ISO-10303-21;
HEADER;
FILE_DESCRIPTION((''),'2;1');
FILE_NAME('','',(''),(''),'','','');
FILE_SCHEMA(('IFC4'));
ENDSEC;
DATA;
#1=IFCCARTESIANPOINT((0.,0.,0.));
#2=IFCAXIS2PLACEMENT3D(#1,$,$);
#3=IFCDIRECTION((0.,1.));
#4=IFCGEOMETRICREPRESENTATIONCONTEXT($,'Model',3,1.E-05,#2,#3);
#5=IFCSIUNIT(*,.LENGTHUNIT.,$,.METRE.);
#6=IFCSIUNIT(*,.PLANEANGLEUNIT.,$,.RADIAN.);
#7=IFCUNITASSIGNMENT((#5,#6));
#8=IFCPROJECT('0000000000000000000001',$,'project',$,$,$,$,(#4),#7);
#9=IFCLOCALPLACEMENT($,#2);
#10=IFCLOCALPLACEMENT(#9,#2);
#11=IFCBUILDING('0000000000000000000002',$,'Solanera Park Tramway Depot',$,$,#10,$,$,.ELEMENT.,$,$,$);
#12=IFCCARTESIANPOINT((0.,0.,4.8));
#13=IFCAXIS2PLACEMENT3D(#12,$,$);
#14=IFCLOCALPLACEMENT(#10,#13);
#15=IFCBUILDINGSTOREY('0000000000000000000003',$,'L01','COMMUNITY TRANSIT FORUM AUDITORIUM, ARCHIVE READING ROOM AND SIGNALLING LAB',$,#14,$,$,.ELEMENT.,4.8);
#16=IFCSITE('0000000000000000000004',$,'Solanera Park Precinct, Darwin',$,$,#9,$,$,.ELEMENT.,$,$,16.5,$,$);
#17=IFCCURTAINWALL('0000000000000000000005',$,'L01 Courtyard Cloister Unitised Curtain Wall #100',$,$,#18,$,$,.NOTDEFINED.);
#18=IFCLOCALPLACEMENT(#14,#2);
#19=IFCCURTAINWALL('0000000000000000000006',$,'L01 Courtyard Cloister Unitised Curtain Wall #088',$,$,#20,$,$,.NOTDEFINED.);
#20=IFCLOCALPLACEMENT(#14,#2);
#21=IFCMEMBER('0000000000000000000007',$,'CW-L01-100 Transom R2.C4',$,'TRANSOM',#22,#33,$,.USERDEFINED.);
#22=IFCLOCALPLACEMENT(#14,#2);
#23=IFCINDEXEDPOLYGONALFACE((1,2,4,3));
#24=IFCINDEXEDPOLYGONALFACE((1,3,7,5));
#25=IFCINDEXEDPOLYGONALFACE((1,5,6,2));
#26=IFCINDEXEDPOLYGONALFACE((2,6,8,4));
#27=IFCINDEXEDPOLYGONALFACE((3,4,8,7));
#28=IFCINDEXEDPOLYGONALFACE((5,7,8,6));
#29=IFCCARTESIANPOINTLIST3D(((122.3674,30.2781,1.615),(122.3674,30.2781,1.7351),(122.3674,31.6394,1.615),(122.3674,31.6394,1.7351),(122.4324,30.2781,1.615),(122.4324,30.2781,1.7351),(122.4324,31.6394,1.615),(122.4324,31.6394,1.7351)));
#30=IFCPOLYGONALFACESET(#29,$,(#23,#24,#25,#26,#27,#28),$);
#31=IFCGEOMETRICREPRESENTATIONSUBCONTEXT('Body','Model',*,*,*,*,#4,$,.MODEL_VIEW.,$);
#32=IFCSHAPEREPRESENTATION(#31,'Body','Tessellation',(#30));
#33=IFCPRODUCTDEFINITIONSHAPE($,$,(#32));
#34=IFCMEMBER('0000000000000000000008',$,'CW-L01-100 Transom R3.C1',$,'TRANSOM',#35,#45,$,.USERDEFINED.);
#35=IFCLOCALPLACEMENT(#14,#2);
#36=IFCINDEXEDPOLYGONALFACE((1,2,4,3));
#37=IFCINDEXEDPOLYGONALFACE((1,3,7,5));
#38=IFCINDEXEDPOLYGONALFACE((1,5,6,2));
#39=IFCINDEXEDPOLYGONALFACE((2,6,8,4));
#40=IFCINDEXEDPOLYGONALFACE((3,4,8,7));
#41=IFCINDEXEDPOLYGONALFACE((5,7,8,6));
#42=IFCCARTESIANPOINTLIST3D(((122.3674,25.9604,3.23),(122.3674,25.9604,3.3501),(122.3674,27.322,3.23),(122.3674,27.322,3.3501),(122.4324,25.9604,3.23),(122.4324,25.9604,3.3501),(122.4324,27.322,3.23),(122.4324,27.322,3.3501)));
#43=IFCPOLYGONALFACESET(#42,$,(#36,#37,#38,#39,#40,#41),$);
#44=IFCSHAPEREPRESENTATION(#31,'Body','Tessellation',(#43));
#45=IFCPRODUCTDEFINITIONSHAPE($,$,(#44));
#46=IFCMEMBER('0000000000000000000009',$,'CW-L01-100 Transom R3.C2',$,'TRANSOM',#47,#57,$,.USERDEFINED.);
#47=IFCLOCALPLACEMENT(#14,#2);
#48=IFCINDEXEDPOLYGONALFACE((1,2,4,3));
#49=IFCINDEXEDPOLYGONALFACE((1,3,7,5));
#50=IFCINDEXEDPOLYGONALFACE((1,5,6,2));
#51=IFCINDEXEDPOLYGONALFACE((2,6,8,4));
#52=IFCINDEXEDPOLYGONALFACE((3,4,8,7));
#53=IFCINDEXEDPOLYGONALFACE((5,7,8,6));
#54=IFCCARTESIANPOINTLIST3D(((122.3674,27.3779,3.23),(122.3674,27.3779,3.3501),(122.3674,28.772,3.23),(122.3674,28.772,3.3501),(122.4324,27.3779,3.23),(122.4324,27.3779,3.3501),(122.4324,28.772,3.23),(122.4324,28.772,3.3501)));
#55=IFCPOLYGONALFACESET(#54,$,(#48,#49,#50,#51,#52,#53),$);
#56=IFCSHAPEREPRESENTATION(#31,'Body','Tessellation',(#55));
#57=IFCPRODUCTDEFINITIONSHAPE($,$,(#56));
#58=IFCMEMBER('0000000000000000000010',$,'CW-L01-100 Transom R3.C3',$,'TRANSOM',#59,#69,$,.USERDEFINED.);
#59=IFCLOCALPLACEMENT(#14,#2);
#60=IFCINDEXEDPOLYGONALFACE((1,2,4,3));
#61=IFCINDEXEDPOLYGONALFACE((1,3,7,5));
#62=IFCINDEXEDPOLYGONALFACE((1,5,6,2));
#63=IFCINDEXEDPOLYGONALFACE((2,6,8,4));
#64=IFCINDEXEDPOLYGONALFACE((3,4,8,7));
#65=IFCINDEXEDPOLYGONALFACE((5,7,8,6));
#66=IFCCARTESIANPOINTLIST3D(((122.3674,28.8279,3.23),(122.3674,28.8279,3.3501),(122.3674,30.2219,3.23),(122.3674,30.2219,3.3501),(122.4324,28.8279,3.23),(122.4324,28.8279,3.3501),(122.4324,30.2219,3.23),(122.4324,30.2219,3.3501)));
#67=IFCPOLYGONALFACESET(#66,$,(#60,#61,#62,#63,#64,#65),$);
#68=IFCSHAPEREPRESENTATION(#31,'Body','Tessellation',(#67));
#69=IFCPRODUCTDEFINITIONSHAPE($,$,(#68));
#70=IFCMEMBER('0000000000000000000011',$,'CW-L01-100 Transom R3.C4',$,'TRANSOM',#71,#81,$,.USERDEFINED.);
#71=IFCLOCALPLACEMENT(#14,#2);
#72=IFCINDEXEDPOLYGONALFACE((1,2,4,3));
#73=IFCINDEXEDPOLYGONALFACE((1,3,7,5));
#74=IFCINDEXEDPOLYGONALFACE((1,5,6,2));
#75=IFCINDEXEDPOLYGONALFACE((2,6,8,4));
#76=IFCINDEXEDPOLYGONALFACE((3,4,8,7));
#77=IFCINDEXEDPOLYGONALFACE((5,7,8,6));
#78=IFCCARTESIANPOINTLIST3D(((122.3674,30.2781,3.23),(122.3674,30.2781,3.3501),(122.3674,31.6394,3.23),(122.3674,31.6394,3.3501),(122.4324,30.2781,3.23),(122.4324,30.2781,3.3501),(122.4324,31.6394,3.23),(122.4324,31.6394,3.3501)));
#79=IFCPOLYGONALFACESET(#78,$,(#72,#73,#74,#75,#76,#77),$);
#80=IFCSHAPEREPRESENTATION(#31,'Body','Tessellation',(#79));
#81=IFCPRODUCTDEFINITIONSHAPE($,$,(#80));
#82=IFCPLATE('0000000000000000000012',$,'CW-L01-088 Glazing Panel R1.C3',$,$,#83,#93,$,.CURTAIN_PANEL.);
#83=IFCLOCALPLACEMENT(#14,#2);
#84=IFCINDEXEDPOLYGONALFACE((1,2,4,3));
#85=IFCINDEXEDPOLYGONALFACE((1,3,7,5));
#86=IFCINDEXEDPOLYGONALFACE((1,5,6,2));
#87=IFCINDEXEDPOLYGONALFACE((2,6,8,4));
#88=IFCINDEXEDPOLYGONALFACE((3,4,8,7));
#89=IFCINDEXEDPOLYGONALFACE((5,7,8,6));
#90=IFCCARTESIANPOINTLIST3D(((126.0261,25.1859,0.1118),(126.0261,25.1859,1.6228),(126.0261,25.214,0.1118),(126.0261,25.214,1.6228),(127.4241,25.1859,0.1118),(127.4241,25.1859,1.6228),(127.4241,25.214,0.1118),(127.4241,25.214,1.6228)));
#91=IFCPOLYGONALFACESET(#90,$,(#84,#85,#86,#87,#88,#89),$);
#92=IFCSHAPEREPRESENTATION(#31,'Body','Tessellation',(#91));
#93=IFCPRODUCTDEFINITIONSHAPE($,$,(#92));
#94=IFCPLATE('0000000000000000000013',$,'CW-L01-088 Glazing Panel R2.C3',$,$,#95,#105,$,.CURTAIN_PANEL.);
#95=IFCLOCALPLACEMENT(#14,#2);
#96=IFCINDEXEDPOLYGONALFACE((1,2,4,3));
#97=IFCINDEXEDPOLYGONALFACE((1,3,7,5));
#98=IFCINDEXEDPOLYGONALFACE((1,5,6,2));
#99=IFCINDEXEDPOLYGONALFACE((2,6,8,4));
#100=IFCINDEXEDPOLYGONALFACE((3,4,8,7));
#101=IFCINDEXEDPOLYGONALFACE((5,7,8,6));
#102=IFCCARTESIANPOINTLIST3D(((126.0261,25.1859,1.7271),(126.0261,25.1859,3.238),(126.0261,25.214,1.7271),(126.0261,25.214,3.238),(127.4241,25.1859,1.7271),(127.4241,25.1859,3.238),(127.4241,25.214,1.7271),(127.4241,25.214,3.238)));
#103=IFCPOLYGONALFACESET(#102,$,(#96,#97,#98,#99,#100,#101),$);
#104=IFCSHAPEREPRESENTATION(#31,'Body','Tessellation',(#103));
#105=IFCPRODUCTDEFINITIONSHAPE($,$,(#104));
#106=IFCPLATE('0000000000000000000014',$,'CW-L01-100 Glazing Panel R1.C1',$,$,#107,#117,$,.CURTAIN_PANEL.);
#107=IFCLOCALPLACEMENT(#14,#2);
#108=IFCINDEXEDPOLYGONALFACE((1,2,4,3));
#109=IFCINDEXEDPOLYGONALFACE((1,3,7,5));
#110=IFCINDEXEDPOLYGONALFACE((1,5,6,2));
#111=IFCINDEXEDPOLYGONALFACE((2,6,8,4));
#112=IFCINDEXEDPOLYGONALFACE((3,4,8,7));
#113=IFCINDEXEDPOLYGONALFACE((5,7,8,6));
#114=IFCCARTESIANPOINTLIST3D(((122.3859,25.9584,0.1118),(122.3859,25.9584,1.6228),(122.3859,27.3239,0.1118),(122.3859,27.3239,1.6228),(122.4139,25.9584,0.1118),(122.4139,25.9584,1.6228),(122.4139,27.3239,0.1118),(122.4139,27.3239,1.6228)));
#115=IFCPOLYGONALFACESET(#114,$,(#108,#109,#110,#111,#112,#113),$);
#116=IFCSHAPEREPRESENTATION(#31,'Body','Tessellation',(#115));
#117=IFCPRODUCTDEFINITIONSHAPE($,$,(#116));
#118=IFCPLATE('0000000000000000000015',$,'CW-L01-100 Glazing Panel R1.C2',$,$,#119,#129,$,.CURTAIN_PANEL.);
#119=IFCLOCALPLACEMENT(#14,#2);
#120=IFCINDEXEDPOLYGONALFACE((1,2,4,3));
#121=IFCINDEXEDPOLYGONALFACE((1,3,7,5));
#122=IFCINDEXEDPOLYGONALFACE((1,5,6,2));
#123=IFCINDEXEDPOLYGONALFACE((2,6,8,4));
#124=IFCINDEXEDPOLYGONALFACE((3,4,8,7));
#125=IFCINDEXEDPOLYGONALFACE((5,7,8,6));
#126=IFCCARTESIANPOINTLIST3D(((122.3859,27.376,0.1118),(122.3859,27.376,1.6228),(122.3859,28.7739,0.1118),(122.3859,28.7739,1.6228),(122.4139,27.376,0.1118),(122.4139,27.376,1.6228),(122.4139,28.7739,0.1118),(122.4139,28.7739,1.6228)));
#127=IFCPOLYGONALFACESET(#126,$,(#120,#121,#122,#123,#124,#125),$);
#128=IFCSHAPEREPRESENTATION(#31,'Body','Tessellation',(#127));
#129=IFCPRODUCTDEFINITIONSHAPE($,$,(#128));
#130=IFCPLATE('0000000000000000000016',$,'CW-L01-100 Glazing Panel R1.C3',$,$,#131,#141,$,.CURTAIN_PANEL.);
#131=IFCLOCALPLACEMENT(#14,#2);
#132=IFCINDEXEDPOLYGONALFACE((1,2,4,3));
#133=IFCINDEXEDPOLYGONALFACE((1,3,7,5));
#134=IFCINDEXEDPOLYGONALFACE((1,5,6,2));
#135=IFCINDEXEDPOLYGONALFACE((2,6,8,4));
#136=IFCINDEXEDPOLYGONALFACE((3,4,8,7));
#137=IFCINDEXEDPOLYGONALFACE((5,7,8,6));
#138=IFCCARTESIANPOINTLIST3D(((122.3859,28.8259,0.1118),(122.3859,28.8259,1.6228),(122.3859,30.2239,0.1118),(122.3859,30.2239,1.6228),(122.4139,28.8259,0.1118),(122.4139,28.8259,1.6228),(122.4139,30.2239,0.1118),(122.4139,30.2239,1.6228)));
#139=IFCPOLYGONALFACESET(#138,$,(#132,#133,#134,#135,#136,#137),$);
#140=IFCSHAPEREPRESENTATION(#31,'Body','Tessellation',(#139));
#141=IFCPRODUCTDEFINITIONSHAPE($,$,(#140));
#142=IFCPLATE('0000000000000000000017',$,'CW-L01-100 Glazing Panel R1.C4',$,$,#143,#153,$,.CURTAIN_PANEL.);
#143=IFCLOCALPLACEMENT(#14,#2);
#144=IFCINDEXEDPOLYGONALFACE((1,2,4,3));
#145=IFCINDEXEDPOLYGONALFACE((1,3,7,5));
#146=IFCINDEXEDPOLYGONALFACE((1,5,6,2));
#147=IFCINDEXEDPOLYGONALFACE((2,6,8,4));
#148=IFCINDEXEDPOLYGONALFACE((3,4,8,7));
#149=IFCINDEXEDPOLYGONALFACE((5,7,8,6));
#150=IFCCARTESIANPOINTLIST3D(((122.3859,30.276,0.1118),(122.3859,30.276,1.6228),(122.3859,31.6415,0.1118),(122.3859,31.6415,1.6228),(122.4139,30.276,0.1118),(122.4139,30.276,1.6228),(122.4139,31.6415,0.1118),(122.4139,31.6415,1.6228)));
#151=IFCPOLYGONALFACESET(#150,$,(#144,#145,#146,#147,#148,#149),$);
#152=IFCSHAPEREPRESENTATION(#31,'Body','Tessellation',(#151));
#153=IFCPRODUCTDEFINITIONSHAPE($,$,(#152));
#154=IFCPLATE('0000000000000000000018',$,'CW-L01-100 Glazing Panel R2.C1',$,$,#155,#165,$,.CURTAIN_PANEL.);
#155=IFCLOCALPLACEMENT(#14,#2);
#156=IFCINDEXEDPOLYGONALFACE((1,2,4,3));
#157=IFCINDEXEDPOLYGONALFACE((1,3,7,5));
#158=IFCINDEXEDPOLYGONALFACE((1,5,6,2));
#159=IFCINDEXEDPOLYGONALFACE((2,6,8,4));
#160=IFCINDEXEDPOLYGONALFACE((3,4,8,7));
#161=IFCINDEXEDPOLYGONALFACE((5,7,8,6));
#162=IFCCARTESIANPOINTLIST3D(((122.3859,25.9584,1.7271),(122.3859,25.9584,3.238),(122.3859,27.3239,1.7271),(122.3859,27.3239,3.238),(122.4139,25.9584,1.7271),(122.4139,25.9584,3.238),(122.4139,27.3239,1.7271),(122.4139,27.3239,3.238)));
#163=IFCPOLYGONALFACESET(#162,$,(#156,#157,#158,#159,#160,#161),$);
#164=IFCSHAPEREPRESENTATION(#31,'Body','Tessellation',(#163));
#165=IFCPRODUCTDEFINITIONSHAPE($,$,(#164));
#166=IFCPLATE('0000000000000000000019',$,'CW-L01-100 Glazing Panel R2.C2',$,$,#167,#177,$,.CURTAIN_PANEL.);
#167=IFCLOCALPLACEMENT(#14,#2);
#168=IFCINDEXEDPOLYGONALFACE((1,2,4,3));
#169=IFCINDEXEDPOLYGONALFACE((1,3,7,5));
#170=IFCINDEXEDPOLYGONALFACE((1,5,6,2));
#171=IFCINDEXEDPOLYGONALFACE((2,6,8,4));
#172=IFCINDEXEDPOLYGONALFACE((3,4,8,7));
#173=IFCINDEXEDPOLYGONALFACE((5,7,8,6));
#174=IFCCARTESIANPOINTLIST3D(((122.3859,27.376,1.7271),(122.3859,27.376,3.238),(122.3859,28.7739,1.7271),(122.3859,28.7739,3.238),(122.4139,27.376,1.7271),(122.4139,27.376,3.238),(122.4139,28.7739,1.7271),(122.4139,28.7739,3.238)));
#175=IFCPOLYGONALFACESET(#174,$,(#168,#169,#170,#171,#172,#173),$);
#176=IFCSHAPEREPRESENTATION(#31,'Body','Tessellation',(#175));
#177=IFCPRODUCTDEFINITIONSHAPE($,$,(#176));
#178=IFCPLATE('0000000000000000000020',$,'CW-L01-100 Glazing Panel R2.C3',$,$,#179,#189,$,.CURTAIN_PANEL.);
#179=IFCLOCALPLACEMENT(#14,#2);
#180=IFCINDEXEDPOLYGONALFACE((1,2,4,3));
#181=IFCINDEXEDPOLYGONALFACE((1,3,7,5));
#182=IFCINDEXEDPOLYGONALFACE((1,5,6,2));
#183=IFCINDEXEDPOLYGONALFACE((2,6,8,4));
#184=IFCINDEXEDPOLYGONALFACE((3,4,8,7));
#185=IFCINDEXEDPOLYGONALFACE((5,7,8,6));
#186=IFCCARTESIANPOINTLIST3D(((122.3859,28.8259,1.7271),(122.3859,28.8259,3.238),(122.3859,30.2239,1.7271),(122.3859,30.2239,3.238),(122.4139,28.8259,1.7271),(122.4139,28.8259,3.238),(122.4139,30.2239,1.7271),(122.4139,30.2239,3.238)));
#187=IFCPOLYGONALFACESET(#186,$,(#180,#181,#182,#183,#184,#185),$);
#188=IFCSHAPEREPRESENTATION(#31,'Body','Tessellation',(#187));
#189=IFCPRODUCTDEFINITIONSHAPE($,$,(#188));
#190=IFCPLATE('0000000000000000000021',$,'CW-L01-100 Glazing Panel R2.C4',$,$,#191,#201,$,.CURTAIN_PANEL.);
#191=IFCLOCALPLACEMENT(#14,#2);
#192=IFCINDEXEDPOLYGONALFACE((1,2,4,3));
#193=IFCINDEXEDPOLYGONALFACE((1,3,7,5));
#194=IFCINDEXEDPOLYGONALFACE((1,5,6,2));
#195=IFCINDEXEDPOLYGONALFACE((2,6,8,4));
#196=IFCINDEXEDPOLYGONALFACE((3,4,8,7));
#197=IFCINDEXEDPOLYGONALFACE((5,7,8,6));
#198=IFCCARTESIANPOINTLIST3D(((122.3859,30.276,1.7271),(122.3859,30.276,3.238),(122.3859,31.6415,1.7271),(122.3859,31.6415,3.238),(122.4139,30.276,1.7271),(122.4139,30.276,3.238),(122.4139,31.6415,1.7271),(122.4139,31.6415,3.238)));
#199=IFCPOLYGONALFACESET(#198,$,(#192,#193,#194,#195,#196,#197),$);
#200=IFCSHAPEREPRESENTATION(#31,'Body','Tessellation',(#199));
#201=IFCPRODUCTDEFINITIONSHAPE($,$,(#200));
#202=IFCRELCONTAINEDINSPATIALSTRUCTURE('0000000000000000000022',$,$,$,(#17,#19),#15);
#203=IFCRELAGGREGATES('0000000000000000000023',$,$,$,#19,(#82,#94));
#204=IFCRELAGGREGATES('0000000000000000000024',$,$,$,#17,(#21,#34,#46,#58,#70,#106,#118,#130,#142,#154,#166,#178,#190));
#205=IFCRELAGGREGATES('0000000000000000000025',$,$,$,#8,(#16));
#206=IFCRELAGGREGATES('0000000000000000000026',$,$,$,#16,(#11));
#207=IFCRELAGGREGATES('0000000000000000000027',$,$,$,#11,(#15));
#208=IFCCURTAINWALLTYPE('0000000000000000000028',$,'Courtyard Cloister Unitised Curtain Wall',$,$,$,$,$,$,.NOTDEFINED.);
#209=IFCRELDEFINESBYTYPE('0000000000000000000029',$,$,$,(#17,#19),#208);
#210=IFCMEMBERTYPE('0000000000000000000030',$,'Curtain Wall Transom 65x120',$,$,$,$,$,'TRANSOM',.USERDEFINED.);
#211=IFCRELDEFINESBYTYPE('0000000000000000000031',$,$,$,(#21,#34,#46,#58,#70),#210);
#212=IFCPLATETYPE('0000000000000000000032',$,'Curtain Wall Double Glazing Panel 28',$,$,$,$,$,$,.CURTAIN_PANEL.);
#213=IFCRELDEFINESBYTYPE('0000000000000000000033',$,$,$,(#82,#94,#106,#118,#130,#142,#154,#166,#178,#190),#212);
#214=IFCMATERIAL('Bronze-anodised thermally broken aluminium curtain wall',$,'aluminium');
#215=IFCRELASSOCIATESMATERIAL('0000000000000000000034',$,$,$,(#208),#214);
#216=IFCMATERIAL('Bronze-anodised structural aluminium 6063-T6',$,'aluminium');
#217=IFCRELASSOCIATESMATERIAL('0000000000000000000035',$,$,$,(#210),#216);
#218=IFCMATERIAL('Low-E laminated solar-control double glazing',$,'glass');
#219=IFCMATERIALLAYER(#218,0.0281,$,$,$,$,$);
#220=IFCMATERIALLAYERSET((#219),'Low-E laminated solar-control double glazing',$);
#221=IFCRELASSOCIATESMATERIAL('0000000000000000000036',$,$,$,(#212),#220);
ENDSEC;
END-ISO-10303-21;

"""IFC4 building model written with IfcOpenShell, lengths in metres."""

from ifc_helpers import new_model, si_unit, direction, frame, origin, origin_2d, place, context, subcontext, project, spatial, rectangle, extrude, material, layer, layer_set, material_profile, profile_set, type_object, element, aggregate, save


model = new_model("IFC4")

# Units and contexts
model_context = context("Model", 3, precision=1e-05, world=origin(), true_north=direction((0.0, 1.0)))
body_context = subcontext(model_context, "Body", "Model", "MODEL_VIEW")
ifc_project = project(units=[si_unit("LENGTHUNIT", "METRE"), si_unit("PLANEANGLEUNIT", "RADIAN")], contexts=[model_context])

# Site, building, storey
site_placement = place(None, origin())
site = spatial("IfcSite", under=ifc_project, at=site_placement, Name="Solanera Park Precinct, Darwin", CompositionType="ELEMENT", RefElevation=16.5)
building_placement = place(site_placement, origin())
building = spatial("IfcBuilding", under=site, at=building_placement, Name="Solanera Park Tramway Depot", CompositionType="ELEMENT")
storey_placement = place(building_placement, frame((0.0, 0.0, 4.8)))
storey = spatial("IfcBuildingStorey", under=building, at=storey_placement, Name="L01", Description="COMMUNITY TRANSIT FORUM AUDITORIUM, ARCHIVE READING ROOM AND SIGNALLING LAB", CompositionType="ELEMENT", Elevation=4.8)

# Curtain walls
ifc_material_1 = material(Name="Bronze-anodised thermally broken aluminium curtain wall", Category="aluminium")
curtain_wall_type = type_object("IfcCurtainWallType", Name="Courtyard Cloister Unitised Curtain Wall", PredefinedType="NOTDEFINED", material=ifc_material_1)
curtain_wall_1_placement = place(storey_placement, origin())
curtain_wall_1 = element("IfcCurtainWall", 1, at=curtain_wall_1_placement, inside=storey, type_object=curtain_wall_type, Name="L01 Courtyard Cloister Unitised Curtain Wall #100", PredefinedType="NOTDEFINED")
curtain_wall_2_placement = place(storey_placement, origin())
curtain_wall_2 = element("IfcCurtainWall", 2, at=curtain_wall_2_placement, inside=storey, type_object=curtain_wall_type, Name="L01 Courtyard Cloister Unitised Curtain Wall #088", PredefinedType="NOTDEFINED")
ifc_material_2 = material(Name="Bronze-anodised structural aluminium 6063-T6", Category="aluminium")
ifc_material_profile_1 = material_profile(ifc_material_2, rectangle(XDim=0.0649, YDim=0.1201, at=origin_2d()), Name="Curtain Wall Transom 65x120")
ifc_profile_set_1 = profile_set([ifc_material_profile_1], Name="Bronze-anodised structural aluminium 6063-T6")
member_type_1 = type_object("IfcMemberType", Name="Curtain Wall Transom 65x120", ElementType="TRANSOM", PredefinedType="USERDEFINED", material=ifc_profile_set_1)

# Members
member_1_placement = place(storey_placement, frame((122.3999, 30.2781, 1.675), z_axis=(0.0, 1.0, 0.0), x_axis=(-1.0, 0.0, 0.0)))
member_1 = element("IfcMember", 3, at=member_1_placement, type_object=member_type_1, Name="CW-L01-100 Transom R2.C4", ObjectType="TRANSOM", PredefinedType="USERDEFINED", context=body_context, shape_type="SweptSolid", body=[
    extrude(rectangle(XDim=0.0649, YDim=0.1201, at=origin_2d()), origin(), (0.0, 0.0, 1.0), 1.3613),
])
member_2_placement = place(storey_placement, frame((122.3999, 25.9604, 3.29), z_axis=(0.0, 1.0, 0.0), x_axis=(-1.0, 0.0, 0.0)))
member_2 = element("IfcMember", 4, at=member_2_placement, type_object=member_type_1, Name="CW-L01-100 Transom R3.C1", ObjectType="TRANSOM", PredefinedType="USERDEFINED", context=body_context, shape_type="SweptSolid", body=[
    extrude(rectangle(XDim=0.0649, YDim=0.1201, at=origin_2d()), origin(), (0.0, 0.0, 1.0), 1.3616),
])
member_3_placement = place(storey_placement, frame((122.3999, 27.3779, 3.29), z_axis=(0.0, 1.0, 0.0), x_axis=(-1.0, 0.0, 0.0)))
member_3 = element("IfcMember", 5, at=member_3_placement, type_object=member_type_1, Name="CW-L01-100 Transom R3.C2", ObjectType="TRANSOM", PredefinedType="USERDEFINED", context=body_context, shape_type="SweptSolid", body=[
    extrude(rectangle(XDim=0.0649, YDim=0.1201, at=origin_2d()), origin(), (0.0, 0.0, 1.0), 1.394),
])
member_4_placement = place(storey_placement, frame((122.3999, 28.8279, 3.29), z_axis=(0.0, 1.0, 0.0), x_axis=(-1.0, 0.0, 0.0)))
member_4 = element("IfcMember", 6, at=member_4_placement, type_object=member_type_1, Name="CW-L01-100 Transom R3.C3", ObjectType="TRANSOM", PredefinedType="USERDEFINED", context=body_context, shape_type="SweptSolid", body=[
    extrude(rectangle(XDim=0.0649, YDim=0.1201, at=origin_2d()), origin(), (0.0, 0.0, 1.0), 1.394),
])
member_5_placement = place(storey_placement, frame((122.3999, 30.2781, 3.29), z_axis=(0.0, 1.0, 0.0), x_axis=(-1.0, 0.0, 0.0)))
member_5 = element("IfcMember", 7, at=member_5_placement, type_object=member_type_1, Name="CW-L01-100 Transom R3.C4", ObjectType="TRANSOM", PredefinedType="USERDEFINED", context=body_context, shape_type="SweptSolid", body=[
    extrude(rectangle(XDim=0.0649, YDim=0.1201, at=origin_2d()), origin(), (0.0, 0.0, 1.0), 1.3613),
])

# Plates
ifc_material_3 = material(Name="Low-E laminated solar-control double glazing", Category="glass")
ifc_layer_1 = layer(ifc_material_3, 0.0281)
ifc_layer_set_1 = layer_set([ifc_layer_1], Name="Low-E laminated solar-control double glazing")
plate_type = type_object("IfcPlateType", Name="Curtain Wall Double Glazing Panel 28", PredefinedType="CURTAIN_PANEL", material=ifc_layer_set_1)
plate_1_placement = place(storey_placement, frame((126.7251, 25.2, 0.1118), z_axis=(0.0, 0.0, 1.0), x_axis=(1.0, 0.0, 0.0)))
plate_1 = element("IfcPlate", 8, at=plate_1_placement, type_object=plate_type, Name="CW-L01-088 Glazing Panel R1.C3", PredefinedType="CURTAIN_PANEL", context=body_context, shape_type="SweptSolid", body=[
    extrude(rectangle(XDim=1.3979, YDim=0.0281, at=origin_2d()), origin(), (0.0, 0.0, 1.0), 1.511),
])
plate_2_placement = place(storey_placement, frame((126.7251, 25.2, 1.7271), z_axis=(0.0, 0.0, 1.0), x_axis=(1.0, 0.0, 0.0)))
plate_2 = element("IfcPlate", 9, at=plate_2_placement, type_object=plate_type, Name="CW-L01-088 Glazing Panel R2.C3", PredefinedType="CURTAIN_PANEL", context=body_context, shape_type="SweptSolid", body=[
    extrude(rectangle(XDim=1.3979, YDim=0.0281, at=origin_2d()), origin(), (0.0, 0.0, 1.0), 1.511),
])
aggregate(curtain_wall_2, [plate_1, plate_2])
plate_3_placement = place(storey_placement, frame((122.3999, 26.6411, 0.1118), z_axis=(0.0, 0.0, 1.0), x_axis=(0.0, 1.0, 0.0)))
plate_3 = element("IfcPlate", 10, at=plate_3_placement, type_object=plate_type, Name="CW-L01-100 Glazing Panel R1.C1", PredefinedType="CURTAIN_PANEL", context=body_context, shape_type="SweptSolid", body=[
    extrude(rectangle(XDim=1.3655, YDim=0.0281, at=origin_2d()), origin(), (0.0, 0.0, 1.0), 1.511),
])
plate_4_placement = place(storey_placement, frame((122.3999, 28.075, 0.1118), z_axis=(0.0, 0.0, 1.0), x_axis=(0.0, 1.0, 0.0)))
plate_4 = element("IfcPlate", 11, at=plate_4_placement, type_object=plate_type, Name="CW-L01-100 Glazing Panel R1.C2", PredefinedType="CURTAIN_PANEL", context=body_context, shape_type="SweptSolid", body=[
    extrude(rectangle(XDim=1.3979, YDim=0.0281, at=origin_2d()), origin(), (0.0, 0.0, 1.0), 1.511),
])
plate_5_placement = place(storey_placement, frame((122.3999, 29.5249, 0.1118), z_axis=(0.0, 0.0, 1.0), x_axis=(0.0, 1.0, 0.0)))
plate_5 = element("IfcPlate", 12, at=plate_5_placement, type_object=plate_type, Name="CW-L01-100 Glazing Panel R1.C3", PredefinedType="CURTAIN_PANEL", context=body_context, shape_type="SweptSolid", body=[
    extrude(rectangle(XDim=1.3979, YDim=0.0281, at=origin_2d()), origin(), (0.0, 0.0, 1.0), 1.511),
])
plate_6_placement = place(storey_placement, frame((122.3999, 30.9587, 0.1118), z_axis=(0.0, 0.0, 1.0), x_axis=(0.0, 1.0, 0.0)))
plate_6 = element("IfcPlate", 13, at=plate_6_placement, type_object=plate_type, Name="CW-L01-100 Glazing Panel R1.C4", PredefinedType="CURTAIN_PANEL", context=body_context, shape_type="SweptSolid", body=[
    extrude(rectangle(XDim=1.3655, YDim=0.0281, at=origin_2d()), origin(), (0.0, 0.0, 1.0), 1.511),
])
plate_7_placement = place(storey_placement, frame((122.3999, 26.6411, 1.7271), z_axis=(0.0, 0.0, 1.0), x_axis=(0.0, 1.0, 0.0)))
plate_7 = element("IfcPlate", 14, at=plate_7_placement, type_object=plate_type, Name="CW-L01-100 Glazing Panel R2.C1", PredefinedType="CURTAIN_PANEL", context=body_context, shape_type="SweptSolid", body=[
    extrude(rectangle(XDim=1.3655, YDim=0.0281, at=origin_2d()), origin(), (0.0, 0.0, 1.0), 1.511),
])
plate_8_placement = place(storey_placement, frame((122.3999, 28.075, 1.7271), z_axis=(0.0, 0.0, 1.0), x_axis=(0.0, 1.0, 0.0)))
plate_8 = element("IfcPlate", 15, at=plate_8_placement, type_object=plate_type, Name="CW-L01-100 Glazing Panel R2.C2", PredefinedType="CURTAIN_PANEL", context=body_context, shape_type="SweptSolid", body=[
    extrude(rectangle(XDim=1.3979, YDim=0.0281, at=origin_2d()), origin(), (0.0, 0.0, 1.0), 1.511),
])
plate_9_placement = place(storey_placement, frame((122.3999, 29.5249, 1.7271), z_axis=(0.0, 0.0, 1.0), x_axis=(0.0, 1.0, 0.0)))
plate_9 = element("IfcPlate", 16, at=plate_9_placement, type_object=plate_type, Name="CW-L01-100 Glazing Panel R2.C3", PredefinedType="CURTAIN_PANEL", context=body_context, shape_type="SweptSolid", body=[
    extrude(rectangle(XDim=1.3979, YDim=0.0281, at=origin_2d()), origin(), (0.0, 0.0, 1.0), 1.511),
])
plate_10_placement = place(storey_placement, frame((122.3999, 30.9587, 1.7271), z_axis=(0.0, 0.0, 1.0), x_axis=(0.0, 1.0, 0.0)))
plate_10 = element("IfcPlate", 17, at=plate_10_placement, type_object=plate_type, Name="CW-L01-100 Glazing Panel R2.C4", PredefinedType="CURTAIN_PANEL", context=body_context, shape_type="SweptSolid", body=[
    extrude(rectangle(XDim=1.3655, YDim=0.0281, at=origin_2d()), origin(), (0.0, 0.0, 1.0), 1.511),
])
aggregate(curtain_wall_1, [member_1, member_2, member_3, member_4, member_5, plate_3, plate_4, plate_5, plate_6, plate_7, plate_8, plate_9, plate_10])

save(model, "model.ifc")
